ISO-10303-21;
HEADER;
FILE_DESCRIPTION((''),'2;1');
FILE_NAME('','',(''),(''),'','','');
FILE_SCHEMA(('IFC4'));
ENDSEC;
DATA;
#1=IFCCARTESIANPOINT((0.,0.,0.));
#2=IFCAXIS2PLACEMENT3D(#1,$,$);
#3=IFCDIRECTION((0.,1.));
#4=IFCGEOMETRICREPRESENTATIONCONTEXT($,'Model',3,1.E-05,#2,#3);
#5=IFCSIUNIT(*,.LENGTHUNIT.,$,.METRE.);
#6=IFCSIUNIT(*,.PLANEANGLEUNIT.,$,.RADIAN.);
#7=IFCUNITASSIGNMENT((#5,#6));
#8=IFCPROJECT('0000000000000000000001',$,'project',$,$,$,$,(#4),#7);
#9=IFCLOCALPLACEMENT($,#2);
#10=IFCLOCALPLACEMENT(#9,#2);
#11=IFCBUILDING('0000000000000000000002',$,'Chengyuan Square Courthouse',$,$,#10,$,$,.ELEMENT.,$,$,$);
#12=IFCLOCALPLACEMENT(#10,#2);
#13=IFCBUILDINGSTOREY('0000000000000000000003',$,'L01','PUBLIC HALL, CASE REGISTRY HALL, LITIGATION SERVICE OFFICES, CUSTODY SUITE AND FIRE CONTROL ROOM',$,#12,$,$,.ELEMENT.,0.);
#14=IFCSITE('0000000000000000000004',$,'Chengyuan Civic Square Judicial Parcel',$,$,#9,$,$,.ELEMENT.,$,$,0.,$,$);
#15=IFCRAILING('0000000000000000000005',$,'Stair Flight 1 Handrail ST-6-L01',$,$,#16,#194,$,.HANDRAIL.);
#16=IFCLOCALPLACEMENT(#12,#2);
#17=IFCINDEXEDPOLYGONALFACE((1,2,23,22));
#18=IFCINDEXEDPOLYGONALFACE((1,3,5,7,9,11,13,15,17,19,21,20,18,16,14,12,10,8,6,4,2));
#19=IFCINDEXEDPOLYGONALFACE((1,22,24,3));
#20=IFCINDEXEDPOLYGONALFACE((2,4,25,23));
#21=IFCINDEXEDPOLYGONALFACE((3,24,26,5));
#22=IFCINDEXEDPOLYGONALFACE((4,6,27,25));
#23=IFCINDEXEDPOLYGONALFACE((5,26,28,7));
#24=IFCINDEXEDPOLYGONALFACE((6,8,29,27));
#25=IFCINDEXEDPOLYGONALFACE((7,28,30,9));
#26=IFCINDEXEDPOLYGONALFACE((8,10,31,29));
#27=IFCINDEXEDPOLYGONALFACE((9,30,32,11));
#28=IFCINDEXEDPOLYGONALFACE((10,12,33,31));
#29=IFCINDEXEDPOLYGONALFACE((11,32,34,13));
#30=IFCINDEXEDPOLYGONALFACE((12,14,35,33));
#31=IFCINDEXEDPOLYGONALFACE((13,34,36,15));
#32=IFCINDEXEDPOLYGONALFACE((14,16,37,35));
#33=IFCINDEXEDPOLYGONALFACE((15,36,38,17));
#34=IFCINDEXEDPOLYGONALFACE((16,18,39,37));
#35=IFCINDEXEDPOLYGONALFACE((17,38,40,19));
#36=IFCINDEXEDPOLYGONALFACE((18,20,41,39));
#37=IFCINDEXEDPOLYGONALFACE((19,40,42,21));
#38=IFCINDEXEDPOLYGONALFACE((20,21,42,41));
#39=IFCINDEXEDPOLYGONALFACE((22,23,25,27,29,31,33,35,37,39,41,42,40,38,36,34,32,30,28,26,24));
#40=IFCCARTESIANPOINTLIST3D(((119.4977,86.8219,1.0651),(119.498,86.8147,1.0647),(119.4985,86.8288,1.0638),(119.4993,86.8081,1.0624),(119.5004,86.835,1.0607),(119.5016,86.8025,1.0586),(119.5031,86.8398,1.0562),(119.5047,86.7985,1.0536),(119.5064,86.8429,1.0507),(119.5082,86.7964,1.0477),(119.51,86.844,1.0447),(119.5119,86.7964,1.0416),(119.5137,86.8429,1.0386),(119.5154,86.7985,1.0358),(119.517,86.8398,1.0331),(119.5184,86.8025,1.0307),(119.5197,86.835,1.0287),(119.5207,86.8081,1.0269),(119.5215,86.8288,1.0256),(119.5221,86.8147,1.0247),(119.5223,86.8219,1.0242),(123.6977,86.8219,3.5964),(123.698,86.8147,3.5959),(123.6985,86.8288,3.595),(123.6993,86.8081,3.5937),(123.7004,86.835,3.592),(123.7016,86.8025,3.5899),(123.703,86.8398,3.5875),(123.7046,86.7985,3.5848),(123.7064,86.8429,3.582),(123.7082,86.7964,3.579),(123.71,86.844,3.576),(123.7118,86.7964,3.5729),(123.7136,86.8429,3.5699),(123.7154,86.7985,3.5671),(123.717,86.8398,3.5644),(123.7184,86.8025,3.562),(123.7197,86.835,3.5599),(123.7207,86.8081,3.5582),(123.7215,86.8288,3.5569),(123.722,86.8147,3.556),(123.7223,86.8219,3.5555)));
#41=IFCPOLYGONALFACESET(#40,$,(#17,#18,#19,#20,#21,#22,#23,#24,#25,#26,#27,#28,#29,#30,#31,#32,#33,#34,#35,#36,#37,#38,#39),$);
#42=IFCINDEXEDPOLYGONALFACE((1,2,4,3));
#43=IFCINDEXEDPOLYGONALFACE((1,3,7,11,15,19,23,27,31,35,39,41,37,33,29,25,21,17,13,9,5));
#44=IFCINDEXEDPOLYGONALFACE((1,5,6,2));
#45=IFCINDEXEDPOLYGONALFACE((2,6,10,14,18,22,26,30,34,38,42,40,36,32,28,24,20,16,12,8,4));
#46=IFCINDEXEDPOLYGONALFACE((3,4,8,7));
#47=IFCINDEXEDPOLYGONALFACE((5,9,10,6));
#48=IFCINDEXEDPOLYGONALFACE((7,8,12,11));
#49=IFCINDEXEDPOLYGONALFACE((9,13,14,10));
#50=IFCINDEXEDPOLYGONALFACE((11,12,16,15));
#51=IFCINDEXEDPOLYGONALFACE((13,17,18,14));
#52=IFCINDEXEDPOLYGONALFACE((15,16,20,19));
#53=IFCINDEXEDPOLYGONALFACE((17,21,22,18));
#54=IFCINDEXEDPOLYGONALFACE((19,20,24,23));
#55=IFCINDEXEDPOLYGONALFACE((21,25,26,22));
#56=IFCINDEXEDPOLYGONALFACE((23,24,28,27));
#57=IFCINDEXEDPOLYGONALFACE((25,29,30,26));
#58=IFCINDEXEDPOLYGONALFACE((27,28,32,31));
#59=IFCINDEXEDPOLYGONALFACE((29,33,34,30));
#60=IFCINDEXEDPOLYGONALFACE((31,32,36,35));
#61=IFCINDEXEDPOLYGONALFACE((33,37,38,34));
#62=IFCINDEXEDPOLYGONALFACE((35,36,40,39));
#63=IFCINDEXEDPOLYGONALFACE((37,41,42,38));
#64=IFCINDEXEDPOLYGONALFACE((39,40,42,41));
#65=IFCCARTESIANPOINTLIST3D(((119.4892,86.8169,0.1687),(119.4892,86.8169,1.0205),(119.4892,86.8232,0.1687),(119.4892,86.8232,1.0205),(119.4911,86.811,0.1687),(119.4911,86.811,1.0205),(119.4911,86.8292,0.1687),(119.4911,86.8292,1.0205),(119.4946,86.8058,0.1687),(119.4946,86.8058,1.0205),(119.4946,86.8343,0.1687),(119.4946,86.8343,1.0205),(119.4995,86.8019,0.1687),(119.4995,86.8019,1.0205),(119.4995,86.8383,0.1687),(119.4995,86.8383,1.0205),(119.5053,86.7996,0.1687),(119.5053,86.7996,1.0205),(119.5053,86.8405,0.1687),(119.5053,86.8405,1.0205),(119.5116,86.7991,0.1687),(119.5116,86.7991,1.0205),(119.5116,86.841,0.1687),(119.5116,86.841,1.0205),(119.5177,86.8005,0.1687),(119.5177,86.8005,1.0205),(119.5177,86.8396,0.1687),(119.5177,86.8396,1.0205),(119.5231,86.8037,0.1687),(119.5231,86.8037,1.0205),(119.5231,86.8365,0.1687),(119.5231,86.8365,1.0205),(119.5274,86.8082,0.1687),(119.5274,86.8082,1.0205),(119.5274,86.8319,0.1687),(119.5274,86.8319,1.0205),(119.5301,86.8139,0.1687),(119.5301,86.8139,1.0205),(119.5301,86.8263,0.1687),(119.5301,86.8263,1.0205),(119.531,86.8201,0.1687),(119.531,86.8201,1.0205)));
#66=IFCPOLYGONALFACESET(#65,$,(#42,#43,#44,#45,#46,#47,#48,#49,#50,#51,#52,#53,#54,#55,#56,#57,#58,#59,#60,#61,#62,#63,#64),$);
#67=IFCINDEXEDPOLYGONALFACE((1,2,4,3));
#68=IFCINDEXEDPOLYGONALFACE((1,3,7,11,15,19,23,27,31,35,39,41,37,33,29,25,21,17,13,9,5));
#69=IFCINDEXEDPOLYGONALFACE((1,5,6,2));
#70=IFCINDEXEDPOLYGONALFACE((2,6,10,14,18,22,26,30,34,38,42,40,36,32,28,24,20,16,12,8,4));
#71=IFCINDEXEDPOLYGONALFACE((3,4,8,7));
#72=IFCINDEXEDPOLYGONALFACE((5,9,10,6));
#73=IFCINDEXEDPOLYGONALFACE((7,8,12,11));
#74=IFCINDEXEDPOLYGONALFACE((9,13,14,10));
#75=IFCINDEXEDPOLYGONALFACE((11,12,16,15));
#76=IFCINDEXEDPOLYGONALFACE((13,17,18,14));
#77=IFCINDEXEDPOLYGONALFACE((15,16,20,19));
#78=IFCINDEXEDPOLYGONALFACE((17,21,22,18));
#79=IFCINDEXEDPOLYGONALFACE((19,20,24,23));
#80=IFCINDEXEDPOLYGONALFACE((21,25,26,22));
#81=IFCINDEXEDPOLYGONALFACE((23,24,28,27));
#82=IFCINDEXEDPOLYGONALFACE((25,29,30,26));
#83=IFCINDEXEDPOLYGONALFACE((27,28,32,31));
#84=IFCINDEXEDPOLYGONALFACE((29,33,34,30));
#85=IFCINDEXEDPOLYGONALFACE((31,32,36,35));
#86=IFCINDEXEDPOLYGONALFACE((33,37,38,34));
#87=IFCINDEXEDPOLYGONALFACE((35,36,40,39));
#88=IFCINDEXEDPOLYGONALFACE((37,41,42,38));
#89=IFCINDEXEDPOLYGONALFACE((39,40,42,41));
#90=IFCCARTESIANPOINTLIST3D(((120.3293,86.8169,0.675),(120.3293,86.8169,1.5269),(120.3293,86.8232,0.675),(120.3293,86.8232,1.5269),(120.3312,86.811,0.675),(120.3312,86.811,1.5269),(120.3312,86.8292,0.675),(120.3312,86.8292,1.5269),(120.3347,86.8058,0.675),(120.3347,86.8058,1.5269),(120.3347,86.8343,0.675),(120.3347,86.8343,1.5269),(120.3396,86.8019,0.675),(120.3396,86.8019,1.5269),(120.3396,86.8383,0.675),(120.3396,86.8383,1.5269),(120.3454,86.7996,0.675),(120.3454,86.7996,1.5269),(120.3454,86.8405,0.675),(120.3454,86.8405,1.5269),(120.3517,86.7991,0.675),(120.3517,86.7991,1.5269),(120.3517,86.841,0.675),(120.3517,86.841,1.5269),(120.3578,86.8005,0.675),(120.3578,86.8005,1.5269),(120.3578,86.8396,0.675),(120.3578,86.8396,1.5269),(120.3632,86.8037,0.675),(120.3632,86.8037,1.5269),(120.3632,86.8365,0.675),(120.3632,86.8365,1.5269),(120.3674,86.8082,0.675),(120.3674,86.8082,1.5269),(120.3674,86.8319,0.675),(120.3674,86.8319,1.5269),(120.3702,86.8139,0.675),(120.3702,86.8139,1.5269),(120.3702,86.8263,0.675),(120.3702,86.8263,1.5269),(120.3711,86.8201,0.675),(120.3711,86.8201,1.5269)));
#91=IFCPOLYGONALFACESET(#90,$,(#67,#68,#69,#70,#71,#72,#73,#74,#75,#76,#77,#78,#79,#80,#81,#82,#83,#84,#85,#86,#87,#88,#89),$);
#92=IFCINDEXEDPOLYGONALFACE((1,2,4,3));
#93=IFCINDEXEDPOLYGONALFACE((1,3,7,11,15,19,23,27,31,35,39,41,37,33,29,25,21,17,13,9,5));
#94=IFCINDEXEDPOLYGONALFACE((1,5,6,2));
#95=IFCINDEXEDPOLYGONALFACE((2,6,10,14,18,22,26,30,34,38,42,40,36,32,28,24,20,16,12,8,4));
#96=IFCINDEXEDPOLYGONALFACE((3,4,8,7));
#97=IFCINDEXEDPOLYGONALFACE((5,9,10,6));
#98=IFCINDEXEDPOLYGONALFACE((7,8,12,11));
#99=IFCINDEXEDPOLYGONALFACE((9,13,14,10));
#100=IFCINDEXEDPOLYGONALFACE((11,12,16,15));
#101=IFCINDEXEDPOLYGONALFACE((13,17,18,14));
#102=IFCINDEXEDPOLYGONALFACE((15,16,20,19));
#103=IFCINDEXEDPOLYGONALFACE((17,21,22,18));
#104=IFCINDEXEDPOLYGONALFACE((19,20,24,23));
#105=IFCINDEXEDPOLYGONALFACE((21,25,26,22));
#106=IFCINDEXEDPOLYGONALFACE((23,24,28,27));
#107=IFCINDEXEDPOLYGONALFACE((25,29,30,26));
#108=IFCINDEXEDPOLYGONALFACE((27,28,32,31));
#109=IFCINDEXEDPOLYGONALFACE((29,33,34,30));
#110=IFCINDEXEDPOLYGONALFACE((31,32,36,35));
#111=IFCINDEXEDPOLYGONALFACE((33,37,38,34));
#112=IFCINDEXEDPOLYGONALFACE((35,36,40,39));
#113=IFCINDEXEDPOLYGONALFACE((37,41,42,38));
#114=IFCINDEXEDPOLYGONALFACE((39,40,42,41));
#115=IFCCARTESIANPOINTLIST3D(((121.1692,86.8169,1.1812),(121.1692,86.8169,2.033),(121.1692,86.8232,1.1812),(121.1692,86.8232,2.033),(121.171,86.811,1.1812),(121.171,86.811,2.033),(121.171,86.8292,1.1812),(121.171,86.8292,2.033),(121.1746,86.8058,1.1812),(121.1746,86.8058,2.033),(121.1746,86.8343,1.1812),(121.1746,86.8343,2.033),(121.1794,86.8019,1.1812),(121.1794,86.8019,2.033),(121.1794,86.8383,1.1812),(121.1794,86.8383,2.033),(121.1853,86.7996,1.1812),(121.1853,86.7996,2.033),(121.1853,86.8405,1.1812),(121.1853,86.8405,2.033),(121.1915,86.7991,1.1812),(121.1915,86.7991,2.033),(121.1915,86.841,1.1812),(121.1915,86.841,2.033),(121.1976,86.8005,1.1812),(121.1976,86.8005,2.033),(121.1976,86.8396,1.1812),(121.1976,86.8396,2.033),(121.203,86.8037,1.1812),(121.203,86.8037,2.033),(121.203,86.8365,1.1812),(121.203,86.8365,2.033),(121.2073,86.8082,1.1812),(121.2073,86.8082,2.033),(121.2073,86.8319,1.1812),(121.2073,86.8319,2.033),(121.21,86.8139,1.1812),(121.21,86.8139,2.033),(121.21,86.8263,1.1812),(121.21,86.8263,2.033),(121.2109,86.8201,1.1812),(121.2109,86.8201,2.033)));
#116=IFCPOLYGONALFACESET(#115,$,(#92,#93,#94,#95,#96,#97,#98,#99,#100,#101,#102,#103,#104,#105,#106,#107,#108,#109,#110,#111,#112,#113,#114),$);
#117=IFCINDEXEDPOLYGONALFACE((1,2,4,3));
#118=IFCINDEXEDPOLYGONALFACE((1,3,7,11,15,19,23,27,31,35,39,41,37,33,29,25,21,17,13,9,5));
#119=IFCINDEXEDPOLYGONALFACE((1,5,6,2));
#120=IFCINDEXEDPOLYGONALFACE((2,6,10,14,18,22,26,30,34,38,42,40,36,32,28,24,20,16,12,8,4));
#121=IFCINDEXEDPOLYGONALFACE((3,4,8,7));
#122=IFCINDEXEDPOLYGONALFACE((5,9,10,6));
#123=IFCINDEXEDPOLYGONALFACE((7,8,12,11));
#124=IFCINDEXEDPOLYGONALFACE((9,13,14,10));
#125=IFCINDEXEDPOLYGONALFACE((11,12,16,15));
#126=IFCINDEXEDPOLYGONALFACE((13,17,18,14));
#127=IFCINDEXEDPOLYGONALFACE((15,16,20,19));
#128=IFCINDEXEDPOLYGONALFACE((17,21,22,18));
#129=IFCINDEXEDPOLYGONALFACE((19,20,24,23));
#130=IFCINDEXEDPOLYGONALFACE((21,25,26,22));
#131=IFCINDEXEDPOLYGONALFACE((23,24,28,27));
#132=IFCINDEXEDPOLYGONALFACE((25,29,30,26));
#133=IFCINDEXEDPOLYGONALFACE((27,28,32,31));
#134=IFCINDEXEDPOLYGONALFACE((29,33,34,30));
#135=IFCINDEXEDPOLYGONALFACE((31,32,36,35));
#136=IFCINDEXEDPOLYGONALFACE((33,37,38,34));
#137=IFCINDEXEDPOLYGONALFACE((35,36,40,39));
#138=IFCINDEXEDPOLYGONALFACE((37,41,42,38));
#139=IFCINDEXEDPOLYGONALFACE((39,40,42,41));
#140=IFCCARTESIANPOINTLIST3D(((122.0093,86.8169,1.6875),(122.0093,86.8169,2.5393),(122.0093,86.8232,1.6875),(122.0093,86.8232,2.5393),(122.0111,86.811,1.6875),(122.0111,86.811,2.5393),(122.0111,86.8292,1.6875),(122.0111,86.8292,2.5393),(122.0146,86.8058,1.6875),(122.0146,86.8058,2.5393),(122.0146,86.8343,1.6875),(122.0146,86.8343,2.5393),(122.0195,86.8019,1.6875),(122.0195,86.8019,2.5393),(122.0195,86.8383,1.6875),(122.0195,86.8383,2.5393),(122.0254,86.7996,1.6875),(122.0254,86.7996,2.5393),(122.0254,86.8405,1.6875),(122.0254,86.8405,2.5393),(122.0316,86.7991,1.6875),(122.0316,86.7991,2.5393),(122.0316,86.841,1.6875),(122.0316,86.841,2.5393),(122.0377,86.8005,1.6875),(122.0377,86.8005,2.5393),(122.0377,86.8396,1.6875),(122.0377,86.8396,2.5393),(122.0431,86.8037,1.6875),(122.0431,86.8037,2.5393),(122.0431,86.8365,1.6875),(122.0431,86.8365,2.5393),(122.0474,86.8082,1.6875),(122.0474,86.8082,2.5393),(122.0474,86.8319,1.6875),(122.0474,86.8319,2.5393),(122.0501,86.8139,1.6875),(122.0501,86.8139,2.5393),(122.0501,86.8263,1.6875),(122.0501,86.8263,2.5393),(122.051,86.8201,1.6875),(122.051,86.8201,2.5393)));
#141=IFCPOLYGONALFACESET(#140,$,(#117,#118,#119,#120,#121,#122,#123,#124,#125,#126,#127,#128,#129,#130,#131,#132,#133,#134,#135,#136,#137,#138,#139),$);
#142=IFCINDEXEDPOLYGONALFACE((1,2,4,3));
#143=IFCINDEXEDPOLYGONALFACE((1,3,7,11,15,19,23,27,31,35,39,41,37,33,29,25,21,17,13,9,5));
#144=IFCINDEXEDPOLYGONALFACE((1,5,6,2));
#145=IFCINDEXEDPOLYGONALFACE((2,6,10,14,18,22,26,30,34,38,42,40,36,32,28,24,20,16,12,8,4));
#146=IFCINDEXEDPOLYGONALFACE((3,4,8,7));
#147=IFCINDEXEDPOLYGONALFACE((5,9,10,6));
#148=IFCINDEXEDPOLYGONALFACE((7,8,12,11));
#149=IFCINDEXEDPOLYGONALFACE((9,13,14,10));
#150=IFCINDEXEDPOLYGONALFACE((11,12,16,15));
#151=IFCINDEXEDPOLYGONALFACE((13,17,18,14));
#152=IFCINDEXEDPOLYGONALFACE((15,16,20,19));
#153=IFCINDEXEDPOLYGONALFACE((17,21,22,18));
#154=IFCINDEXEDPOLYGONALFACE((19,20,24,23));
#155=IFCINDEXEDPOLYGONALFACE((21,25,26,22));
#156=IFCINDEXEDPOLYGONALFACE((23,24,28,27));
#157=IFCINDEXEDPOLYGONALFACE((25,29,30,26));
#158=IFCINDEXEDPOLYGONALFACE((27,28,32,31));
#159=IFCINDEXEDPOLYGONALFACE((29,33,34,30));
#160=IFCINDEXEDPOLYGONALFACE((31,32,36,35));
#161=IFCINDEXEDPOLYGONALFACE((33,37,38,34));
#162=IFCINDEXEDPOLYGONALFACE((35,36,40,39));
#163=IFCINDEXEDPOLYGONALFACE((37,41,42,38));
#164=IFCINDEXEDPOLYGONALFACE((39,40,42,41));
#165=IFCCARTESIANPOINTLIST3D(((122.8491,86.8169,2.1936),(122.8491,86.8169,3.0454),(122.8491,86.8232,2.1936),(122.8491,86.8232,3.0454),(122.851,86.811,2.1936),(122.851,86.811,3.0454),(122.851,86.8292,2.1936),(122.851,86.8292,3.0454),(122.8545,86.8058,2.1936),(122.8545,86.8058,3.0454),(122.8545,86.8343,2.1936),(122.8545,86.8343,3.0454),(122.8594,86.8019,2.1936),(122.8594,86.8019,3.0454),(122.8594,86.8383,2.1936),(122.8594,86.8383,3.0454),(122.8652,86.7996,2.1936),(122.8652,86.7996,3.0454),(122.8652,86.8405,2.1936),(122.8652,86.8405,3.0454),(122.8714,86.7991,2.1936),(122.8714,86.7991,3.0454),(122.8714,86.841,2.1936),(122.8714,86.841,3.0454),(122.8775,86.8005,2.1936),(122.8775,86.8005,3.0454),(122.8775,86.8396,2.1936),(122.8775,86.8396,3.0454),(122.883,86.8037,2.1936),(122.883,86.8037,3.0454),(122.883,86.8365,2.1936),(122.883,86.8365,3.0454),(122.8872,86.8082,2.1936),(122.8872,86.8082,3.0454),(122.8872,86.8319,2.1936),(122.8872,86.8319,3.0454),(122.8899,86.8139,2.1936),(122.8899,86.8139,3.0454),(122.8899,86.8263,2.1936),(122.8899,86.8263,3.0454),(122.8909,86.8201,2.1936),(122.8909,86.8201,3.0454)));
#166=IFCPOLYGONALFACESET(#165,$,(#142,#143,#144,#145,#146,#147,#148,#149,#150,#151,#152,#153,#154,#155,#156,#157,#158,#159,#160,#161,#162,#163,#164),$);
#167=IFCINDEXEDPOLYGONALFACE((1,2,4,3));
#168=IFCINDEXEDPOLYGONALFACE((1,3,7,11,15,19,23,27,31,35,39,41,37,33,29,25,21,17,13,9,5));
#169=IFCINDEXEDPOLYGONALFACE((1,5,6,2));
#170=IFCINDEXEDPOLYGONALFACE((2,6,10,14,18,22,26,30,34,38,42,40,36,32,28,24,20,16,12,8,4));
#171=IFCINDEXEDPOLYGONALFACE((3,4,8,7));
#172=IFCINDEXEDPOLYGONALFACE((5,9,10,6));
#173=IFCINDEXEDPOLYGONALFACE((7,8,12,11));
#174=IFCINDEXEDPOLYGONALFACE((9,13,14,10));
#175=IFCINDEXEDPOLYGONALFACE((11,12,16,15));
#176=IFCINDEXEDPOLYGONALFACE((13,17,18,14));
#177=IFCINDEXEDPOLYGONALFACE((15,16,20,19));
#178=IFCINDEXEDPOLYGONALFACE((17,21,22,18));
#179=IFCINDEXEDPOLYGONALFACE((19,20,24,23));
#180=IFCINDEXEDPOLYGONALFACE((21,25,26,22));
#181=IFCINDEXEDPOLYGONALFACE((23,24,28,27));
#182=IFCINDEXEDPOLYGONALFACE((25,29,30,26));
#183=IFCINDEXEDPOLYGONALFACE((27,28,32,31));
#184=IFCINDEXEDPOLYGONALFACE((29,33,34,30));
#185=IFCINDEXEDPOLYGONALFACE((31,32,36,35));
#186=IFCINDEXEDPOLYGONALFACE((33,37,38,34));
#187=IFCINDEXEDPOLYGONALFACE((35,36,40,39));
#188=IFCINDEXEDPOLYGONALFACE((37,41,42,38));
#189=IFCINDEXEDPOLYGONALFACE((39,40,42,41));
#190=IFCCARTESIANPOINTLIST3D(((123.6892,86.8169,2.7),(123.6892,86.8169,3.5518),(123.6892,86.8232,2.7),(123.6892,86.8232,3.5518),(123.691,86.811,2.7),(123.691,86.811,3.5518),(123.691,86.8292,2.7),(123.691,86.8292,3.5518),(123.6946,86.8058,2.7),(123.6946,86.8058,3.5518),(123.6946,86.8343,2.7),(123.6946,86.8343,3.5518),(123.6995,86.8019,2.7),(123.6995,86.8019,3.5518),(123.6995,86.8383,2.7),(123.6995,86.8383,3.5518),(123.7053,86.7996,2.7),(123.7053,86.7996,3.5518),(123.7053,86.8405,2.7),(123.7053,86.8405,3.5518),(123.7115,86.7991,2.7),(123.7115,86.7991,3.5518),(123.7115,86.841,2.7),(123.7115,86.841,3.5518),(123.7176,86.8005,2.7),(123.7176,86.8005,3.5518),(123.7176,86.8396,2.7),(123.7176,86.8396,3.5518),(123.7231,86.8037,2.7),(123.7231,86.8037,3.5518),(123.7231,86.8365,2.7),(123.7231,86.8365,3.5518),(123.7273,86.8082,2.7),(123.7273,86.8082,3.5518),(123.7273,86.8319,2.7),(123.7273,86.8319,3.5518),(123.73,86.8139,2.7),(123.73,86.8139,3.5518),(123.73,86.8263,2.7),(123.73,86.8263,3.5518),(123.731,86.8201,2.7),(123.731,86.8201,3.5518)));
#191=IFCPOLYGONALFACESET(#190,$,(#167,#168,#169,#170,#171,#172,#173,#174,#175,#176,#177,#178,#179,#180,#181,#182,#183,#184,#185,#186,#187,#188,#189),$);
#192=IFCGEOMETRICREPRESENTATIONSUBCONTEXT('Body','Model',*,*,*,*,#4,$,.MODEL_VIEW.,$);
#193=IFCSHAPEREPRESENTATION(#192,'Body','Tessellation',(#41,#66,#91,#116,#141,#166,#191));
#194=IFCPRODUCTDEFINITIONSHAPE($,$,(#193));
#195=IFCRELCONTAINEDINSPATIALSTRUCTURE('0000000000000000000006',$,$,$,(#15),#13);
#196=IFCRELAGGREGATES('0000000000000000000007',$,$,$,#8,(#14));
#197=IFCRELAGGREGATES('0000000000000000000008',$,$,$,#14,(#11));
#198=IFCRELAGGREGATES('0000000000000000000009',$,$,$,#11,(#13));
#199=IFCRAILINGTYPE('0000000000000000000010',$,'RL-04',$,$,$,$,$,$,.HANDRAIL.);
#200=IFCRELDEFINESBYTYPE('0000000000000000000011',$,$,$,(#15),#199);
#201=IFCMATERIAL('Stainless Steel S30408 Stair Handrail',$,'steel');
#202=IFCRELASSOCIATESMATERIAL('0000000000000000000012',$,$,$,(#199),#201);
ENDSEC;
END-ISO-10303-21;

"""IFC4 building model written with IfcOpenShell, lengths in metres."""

from ifc_helpers import new_model, si_unit, direction, frame, origin, origin_2d, place, context, subcontext, project, spatial, circle, extrude, material, type_object, element, save


model = new_model("IFC4")

# Units and contexts
model_context = context("Model", 3, precision=1e-05, world=origin(), true_north=direction((0.0, 1.0)))
body_context = subcontext(model_context, "Body", "Model", "MODEL_VIEW")
ifc_project = project(units=[si_unit("LENGTHUNIT", "METRE"), si_unit("PLANEANGLEUNIT", "RADIAN")], contexts=[model_context])

# Site, building, storey
site_placement = place(None, origin())
site = spatial("IfcSite", under=ifc_project, at=site_placement, Name="Chengyuan Civic Square Judicial Parcel", CompositionType="ELEMENT", RefElevation=0.0)
building_placement = place(site_placement, origin())
building = spatial("IfcBuilding", under=site, at=building_placement, Name="Chengyuan Square Courthouse", CompositionType="ELEMENT")
storey_placement = place(building_placement, origin())
storey = spatial("IfcBuildingStorey", under=building, at=storey_placement, Name="L01", Description="PUBLIC HALL, CASE REGISTRY HALL, LITIGATION SERVICE OFFICES, CUSTODY SUITE AND FIRE CONTROL ROOM", CompositionType="ELEMENT", Elevation=0.0)

# Railing
ifc_material_1 = material(Name="Stainless Steel S30408 Stair Handrail", Category="steel")
railing_type_1 = type_object("IfcRailingType", Name="RL-04", PredefinedType="HANDRAIL", material=ifc_material_1)
railing_1_placement = place(storey_placement, frame((119.51, 86.8201, 0.1687)))
element("IfcRailing", 1, at=railing_1_placement, inside=storey, type_object=railing_type_1, Name="Stair Flight 1 Handrail ST-6-L01", PredefinedType="HANDRAIL", context=body_context, shape_type="SweptSolid", body=[
    extrude(circle(Radius=0.0239, at=origin_2d()), frame((0.0, 0.0, 0.876), z_axis=(0.856476, 0.0, 0.516186), x_axis=(0.0, 1.0, 0.0)), (0.0, 0.0, 1.0), 4.9038),
    extrude(circle(Radius=0.021, at=origin_2d()), origin(), (0.0, 0.0, 1.0), 0.8518),
    extrude(circle(Radius=0.021, at=origin_2d()), frame((0.8401, 0.0, 0.5063)), (0.0, 0.0, 1.0), 0.8518),
    extrude(circle(Radius=0.021, at=origin_2d()), frame((1.6799, 0.0, 1.0125)), (0.0, 0.0, 1.0), 0.8518),
    extrude(circle(Radius=0.021, at=origin_2d()), frame((2.52, 0.0, 1.5188)), (0.0, 0.0, 1.0), 0.8518),
    extrude(circle(Radius=0.021, at=origin_2d()), frame((3.3599, 0.0, 2.0249)), (0.0, 0.0, 1.0), 0.8518),
    extrude(circle(Radius=0.021, at=origin_2d()), frame((4.2, 0.0, 2.5312)), (0.0, 0.0, 1.0), 0.8518),
])

save(model, "model.ifc")
